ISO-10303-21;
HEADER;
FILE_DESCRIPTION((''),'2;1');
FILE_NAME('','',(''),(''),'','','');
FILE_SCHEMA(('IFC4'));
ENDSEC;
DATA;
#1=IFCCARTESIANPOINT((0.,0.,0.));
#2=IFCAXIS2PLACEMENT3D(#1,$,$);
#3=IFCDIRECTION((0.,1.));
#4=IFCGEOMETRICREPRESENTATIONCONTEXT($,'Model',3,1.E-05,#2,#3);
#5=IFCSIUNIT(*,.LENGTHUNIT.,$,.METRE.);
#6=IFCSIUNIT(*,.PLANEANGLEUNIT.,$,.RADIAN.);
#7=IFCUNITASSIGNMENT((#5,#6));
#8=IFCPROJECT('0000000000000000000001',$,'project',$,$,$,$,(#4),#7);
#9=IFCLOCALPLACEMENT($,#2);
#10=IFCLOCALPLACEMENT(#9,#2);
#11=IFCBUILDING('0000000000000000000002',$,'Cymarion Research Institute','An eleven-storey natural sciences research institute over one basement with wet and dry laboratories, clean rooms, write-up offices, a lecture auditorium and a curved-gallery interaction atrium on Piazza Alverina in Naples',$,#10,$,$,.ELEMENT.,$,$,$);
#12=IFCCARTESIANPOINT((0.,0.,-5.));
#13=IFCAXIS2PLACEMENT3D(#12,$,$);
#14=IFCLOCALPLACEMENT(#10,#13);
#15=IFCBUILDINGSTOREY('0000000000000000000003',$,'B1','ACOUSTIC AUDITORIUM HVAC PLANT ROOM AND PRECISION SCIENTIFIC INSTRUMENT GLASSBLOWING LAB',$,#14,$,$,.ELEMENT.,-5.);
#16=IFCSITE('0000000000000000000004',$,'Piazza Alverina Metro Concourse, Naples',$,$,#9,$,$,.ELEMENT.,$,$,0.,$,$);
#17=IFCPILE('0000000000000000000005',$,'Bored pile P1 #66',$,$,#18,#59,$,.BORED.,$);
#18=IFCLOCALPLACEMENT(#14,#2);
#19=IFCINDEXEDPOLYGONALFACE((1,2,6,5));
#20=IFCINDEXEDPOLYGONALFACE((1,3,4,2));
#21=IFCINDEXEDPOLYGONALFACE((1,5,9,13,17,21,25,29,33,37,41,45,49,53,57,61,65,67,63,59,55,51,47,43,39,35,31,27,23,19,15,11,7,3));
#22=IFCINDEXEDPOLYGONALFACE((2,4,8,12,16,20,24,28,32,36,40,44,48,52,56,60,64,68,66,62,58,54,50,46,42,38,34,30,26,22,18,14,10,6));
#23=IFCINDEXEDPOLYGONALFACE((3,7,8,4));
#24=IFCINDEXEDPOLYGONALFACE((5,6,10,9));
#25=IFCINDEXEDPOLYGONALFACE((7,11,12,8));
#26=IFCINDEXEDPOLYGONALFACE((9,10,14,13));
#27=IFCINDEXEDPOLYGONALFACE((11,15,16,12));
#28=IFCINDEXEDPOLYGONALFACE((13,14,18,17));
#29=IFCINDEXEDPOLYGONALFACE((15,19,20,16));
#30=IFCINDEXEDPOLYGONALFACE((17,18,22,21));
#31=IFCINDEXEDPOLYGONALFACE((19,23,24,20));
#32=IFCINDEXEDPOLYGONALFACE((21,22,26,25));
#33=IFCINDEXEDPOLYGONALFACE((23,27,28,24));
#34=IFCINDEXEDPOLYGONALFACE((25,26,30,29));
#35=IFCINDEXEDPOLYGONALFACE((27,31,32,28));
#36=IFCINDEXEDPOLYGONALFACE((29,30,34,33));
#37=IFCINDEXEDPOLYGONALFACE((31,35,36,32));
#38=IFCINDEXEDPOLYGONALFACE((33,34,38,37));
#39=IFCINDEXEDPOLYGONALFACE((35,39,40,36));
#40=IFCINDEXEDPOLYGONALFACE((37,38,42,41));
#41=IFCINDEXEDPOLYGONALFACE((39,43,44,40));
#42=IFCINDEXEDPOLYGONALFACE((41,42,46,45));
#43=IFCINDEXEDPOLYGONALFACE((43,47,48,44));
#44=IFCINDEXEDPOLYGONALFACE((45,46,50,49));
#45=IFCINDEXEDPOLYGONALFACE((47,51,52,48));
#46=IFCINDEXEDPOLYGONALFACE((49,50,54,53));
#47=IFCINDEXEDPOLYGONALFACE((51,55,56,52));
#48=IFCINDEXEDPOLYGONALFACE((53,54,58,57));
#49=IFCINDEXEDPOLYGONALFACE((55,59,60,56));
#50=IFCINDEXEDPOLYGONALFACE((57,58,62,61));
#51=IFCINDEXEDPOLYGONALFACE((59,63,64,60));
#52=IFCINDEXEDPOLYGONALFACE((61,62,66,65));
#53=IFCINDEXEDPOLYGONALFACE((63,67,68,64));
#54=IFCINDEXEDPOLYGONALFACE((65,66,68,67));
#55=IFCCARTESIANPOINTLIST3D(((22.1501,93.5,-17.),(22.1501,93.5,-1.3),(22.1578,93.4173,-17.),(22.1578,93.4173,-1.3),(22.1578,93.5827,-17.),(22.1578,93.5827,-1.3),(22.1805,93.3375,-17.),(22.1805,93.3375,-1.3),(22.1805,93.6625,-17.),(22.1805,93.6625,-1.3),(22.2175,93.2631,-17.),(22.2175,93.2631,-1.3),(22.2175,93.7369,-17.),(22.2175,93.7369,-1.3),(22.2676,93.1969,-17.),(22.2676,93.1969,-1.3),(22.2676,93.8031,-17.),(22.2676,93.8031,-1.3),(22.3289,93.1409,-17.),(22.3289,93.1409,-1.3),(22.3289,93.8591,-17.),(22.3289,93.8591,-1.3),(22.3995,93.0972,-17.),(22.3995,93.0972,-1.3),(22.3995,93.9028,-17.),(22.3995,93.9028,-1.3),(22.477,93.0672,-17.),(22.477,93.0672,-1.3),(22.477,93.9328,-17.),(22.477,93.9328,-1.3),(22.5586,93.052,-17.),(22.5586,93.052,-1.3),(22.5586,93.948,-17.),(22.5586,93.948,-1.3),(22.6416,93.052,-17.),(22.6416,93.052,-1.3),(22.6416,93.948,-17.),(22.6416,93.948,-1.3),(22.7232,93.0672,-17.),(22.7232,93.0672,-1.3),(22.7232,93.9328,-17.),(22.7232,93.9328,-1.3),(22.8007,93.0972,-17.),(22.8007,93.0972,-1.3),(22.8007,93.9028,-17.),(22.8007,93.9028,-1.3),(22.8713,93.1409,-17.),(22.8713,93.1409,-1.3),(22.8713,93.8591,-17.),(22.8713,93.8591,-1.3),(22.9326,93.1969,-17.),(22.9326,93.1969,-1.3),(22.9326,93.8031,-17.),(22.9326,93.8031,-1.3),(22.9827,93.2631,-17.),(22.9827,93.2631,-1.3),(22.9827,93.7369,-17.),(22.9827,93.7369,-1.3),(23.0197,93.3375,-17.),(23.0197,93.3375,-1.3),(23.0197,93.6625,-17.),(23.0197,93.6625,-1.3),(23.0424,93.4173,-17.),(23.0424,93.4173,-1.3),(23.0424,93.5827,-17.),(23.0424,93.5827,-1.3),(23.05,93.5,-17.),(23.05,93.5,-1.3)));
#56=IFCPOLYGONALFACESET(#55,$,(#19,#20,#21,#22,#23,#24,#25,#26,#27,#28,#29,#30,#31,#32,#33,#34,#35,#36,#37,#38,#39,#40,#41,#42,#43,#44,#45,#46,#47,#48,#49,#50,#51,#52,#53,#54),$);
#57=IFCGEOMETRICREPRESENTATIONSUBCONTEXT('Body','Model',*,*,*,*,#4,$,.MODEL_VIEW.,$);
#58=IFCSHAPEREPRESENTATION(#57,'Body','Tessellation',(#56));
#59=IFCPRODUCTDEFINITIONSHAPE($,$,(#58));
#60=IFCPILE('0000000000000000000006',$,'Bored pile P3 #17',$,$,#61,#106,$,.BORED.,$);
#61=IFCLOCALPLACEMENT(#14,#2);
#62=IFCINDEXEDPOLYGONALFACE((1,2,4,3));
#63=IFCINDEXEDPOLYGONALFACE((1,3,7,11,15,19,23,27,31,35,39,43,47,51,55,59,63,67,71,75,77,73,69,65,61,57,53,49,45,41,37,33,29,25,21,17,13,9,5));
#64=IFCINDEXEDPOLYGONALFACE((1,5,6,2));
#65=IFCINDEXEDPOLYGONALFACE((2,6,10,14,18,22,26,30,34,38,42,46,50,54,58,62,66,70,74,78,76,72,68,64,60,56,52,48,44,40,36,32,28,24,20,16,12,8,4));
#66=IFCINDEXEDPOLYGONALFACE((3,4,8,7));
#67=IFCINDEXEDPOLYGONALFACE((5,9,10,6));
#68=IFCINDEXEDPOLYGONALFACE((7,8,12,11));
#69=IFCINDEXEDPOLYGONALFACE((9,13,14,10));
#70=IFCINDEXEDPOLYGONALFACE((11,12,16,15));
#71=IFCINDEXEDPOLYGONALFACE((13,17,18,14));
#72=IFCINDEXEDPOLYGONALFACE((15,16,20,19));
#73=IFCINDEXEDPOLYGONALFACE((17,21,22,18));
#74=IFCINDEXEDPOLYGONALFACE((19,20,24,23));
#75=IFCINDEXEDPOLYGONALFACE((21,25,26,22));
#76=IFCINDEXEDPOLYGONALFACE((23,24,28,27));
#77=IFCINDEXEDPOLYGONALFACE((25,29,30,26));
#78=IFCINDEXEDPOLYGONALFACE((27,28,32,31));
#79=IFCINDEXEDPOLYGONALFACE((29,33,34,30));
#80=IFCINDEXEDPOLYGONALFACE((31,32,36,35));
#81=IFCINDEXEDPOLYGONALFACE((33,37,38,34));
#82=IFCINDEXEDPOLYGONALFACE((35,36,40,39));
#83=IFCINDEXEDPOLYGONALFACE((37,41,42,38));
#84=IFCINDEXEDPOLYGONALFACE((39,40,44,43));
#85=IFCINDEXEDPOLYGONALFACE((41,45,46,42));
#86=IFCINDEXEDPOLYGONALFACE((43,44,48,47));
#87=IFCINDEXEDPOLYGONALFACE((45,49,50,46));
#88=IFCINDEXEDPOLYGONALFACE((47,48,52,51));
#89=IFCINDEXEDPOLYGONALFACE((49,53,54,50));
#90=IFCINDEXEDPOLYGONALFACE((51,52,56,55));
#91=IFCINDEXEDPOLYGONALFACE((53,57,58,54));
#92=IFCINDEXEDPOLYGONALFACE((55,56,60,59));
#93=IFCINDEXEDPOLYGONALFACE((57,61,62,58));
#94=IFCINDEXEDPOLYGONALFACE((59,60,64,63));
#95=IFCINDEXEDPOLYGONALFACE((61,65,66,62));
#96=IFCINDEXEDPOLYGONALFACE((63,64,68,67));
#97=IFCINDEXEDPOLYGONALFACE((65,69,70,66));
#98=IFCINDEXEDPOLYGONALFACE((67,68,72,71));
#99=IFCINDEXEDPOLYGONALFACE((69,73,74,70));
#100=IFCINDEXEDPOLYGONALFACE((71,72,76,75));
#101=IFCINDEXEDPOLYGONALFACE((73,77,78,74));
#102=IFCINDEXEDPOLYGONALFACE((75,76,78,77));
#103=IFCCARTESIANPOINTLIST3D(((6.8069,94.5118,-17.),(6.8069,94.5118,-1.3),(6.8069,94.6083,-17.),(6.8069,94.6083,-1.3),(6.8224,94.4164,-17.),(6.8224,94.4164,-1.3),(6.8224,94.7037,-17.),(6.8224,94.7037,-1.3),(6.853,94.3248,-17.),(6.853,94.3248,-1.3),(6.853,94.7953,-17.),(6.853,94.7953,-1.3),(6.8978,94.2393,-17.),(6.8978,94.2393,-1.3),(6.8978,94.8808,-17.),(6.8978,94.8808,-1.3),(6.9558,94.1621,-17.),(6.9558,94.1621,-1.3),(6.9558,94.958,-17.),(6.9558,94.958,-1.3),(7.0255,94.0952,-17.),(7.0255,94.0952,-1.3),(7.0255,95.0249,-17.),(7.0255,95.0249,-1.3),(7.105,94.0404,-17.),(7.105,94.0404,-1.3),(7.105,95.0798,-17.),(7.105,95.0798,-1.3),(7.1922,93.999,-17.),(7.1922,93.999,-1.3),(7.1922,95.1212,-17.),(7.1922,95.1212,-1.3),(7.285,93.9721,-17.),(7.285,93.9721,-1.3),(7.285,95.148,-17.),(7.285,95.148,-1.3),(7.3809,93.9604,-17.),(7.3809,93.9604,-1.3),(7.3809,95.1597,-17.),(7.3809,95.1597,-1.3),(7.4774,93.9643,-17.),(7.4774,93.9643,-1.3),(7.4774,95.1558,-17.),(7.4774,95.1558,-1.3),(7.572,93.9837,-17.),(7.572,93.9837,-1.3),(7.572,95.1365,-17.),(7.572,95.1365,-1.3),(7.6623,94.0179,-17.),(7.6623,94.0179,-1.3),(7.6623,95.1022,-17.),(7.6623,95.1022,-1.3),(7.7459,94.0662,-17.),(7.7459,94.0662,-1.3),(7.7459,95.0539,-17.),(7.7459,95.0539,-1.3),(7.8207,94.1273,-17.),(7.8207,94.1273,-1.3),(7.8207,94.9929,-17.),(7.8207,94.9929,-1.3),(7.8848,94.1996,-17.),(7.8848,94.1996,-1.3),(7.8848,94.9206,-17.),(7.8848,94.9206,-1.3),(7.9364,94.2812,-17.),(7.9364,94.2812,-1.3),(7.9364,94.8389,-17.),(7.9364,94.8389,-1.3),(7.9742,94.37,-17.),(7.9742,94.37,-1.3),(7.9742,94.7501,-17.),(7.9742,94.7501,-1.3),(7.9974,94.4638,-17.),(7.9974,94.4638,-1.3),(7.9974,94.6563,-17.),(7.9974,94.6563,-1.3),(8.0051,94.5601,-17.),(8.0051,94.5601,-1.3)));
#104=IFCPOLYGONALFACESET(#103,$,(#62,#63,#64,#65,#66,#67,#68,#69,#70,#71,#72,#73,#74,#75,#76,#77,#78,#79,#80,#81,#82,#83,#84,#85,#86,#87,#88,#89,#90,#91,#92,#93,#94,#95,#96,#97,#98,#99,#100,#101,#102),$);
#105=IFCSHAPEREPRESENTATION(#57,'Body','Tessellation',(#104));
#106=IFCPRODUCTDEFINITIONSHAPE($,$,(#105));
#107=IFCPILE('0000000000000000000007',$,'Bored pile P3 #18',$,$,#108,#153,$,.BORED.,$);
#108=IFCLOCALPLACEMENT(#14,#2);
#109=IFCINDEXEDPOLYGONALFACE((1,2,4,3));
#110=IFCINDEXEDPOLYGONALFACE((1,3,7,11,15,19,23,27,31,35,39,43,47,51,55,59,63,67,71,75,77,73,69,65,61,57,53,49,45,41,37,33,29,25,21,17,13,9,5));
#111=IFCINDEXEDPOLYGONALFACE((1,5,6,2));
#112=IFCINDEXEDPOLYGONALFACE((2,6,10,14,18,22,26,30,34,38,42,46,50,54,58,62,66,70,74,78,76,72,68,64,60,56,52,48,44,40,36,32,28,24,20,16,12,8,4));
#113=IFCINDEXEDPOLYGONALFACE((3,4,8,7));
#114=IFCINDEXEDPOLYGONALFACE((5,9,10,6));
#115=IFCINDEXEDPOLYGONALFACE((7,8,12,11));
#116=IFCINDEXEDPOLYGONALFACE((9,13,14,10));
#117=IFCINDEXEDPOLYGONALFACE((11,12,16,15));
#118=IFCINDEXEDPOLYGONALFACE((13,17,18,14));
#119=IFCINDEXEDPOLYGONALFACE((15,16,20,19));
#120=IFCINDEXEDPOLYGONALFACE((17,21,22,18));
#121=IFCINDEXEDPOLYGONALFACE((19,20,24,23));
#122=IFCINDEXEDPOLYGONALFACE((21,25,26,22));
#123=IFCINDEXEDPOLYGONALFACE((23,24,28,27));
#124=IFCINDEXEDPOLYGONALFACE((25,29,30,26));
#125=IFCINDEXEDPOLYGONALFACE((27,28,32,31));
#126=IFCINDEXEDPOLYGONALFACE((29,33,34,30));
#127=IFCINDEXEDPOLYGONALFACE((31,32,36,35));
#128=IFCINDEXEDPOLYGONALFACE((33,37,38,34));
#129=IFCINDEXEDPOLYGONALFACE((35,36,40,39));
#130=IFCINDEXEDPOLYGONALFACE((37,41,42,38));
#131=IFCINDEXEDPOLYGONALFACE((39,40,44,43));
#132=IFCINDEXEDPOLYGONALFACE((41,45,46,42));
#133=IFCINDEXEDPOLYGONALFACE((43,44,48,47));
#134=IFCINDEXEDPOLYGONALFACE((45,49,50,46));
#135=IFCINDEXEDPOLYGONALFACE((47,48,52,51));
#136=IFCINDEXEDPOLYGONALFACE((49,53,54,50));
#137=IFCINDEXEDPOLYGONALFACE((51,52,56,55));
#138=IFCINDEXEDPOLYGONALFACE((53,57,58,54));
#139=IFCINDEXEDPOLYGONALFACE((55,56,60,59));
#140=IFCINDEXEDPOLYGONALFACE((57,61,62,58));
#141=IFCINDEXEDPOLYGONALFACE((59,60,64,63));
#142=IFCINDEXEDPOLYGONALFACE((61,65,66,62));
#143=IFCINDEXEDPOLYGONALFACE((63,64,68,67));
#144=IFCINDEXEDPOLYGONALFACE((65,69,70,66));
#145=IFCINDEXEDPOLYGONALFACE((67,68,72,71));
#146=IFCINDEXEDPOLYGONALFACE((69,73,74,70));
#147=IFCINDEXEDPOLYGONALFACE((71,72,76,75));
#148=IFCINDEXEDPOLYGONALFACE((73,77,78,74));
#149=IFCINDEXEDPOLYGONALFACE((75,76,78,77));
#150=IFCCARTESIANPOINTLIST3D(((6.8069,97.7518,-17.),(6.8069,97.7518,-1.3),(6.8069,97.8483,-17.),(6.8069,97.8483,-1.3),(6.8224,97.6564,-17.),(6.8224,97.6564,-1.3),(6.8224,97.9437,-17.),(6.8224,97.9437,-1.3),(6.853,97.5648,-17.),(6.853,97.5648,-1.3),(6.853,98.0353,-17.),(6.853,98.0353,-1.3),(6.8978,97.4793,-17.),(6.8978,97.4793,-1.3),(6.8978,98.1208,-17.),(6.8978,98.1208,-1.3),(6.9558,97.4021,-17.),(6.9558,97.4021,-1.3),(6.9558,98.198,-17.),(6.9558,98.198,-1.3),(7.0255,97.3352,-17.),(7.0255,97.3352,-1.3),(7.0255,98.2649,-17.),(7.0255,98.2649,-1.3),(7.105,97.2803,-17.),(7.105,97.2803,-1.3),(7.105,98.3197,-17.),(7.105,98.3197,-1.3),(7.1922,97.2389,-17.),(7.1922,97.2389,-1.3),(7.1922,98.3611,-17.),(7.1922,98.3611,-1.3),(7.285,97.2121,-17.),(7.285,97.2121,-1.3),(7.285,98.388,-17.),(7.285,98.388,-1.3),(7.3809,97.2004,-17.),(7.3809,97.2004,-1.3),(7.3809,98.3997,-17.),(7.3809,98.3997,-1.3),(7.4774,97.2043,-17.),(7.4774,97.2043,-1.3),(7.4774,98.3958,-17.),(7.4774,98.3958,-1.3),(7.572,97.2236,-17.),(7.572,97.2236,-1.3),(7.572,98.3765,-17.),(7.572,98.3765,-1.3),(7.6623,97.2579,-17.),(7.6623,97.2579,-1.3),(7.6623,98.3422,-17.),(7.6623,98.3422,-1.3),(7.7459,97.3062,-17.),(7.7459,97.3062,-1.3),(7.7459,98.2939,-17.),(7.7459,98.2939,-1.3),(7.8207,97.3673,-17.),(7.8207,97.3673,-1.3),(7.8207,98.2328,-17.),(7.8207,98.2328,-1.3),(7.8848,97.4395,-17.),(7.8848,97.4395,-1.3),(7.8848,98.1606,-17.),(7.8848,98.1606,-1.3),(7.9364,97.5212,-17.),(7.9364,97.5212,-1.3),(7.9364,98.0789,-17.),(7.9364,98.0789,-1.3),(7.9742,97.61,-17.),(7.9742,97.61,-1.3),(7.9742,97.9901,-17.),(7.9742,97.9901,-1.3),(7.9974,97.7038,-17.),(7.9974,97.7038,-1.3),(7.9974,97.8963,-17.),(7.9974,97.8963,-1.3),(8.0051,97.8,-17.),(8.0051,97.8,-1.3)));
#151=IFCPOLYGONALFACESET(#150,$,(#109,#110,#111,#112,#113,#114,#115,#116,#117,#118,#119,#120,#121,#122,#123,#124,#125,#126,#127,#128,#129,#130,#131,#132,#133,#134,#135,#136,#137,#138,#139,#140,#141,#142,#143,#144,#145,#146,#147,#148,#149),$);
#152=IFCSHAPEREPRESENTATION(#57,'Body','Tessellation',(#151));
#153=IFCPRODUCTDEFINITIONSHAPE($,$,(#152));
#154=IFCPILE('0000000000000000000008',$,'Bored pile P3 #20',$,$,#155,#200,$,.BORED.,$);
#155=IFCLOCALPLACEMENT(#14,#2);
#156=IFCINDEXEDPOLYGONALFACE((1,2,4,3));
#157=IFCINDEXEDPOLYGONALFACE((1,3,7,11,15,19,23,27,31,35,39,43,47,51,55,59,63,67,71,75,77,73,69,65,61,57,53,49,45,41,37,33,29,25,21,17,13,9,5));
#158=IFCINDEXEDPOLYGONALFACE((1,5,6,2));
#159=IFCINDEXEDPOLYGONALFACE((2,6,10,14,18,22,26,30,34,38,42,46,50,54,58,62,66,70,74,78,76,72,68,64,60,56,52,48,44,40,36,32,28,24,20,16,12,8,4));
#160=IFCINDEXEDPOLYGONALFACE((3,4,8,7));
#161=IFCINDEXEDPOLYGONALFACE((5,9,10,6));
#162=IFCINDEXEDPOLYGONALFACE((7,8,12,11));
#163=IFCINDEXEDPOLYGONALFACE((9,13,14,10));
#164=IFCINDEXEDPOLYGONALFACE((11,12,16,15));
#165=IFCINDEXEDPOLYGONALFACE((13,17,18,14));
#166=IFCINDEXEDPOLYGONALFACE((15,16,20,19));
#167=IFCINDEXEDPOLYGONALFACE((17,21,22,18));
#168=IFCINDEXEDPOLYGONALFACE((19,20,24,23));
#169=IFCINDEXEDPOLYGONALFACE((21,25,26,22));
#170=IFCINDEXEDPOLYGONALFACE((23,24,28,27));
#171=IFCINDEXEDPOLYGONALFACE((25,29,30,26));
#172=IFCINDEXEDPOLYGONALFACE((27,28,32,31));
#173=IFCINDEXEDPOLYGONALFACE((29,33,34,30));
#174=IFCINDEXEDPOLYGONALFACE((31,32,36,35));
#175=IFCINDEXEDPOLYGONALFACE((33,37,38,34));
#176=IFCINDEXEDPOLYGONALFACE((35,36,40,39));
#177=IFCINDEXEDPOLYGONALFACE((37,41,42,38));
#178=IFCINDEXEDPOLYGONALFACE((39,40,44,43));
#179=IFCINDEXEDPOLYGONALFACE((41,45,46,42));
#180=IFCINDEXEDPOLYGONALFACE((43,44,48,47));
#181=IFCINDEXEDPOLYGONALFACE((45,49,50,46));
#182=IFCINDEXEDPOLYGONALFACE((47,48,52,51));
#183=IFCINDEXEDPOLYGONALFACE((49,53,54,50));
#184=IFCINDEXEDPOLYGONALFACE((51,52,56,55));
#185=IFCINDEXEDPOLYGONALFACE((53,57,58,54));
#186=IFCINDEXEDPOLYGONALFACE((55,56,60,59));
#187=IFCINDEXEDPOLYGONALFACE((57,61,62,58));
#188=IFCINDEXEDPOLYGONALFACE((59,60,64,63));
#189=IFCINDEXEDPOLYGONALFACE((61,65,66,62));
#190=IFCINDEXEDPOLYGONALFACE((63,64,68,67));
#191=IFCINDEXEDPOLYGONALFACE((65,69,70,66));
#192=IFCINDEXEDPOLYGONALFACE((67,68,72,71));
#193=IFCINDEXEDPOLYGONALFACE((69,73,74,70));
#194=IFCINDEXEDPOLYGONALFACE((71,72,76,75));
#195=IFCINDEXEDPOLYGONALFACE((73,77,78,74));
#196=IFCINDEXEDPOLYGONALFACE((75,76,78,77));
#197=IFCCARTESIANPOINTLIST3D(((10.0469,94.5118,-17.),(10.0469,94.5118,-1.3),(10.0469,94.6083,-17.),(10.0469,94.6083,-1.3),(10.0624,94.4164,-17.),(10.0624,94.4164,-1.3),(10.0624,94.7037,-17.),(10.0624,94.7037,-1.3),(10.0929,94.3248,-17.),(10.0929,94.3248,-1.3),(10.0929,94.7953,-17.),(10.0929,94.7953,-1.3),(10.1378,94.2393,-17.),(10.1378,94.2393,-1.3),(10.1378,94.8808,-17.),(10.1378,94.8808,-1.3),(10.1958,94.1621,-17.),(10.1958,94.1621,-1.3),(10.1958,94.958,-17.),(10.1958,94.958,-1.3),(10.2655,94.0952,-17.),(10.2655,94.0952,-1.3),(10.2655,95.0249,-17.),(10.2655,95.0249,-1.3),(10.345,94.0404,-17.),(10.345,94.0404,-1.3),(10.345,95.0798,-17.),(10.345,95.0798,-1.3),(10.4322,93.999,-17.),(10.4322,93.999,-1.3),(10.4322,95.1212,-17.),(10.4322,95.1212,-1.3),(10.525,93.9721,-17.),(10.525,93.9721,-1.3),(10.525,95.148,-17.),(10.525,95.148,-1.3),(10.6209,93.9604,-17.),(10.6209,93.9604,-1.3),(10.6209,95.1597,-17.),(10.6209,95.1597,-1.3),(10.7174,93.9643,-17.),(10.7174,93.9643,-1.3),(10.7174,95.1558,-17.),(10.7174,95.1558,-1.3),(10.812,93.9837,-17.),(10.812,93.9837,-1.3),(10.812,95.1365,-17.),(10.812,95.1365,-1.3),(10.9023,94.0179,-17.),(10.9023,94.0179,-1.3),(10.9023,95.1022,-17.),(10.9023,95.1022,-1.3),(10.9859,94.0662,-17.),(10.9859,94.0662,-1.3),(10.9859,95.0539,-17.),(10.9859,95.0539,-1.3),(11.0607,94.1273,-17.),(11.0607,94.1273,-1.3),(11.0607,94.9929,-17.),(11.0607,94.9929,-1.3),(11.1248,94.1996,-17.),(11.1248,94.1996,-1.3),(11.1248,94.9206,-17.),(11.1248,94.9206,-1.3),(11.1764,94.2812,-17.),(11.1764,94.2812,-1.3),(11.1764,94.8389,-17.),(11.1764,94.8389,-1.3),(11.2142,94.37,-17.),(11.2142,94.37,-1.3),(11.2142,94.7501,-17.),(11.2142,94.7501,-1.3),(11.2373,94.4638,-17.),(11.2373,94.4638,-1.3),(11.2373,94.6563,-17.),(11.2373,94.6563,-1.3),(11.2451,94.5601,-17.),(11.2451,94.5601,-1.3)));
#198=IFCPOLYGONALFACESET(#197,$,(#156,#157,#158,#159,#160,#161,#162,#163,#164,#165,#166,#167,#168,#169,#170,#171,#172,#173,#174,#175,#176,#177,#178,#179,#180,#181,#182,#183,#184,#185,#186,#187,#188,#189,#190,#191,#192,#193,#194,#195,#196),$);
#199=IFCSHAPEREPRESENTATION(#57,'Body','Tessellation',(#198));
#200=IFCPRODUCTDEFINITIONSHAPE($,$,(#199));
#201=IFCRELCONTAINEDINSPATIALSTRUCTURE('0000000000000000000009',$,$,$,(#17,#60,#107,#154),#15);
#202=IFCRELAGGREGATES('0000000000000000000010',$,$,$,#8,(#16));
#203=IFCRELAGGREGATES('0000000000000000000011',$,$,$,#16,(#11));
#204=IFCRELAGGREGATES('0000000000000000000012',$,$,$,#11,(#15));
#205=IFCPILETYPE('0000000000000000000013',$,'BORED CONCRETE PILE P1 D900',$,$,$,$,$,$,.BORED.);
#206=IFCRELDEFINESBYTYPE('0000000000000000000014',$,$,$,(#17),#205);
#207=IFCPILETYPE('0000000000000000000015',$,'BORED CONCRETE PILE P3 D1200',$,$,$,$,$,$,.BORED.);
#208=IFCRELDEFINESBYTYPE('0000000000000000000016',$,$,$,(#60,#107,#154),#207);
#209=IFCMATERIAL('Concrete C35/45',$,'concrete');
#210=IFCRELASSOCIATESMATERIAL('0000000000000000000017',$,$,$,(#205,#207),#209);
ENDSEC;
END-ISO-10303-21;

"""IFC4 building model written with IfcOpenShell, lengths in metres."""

from ifc_helpers import new_model, si_unit, direction, frame, origin, origin_2d, place, context, subcontext, project, spatial, circle, extrude, material, material_profile, profile_set, type_object, element, save


model = new_model("IFC4")

# Units and contexts
model_context = context("Model", 3, precision=1e-05, world=origin(), true_north=direction((0.0, 1.0)))
body_context = subcontext(model_context, "Body", "Model", "MODEL_VIEW")
ifc_project = project(units=[si_unit("LENGTHUNIT", "METRE"), si_unit("PLANEANGLEUNIT", "RADIAN")], contexts=[model_context])

# Site, building, storey
site_placement = place(None, origin())
site = spatial("IfcSite", under=ifc_project, at=site_placement, Name="Piazza Alverina Metro Concourse, Naples", CompositionType="ELEMENT", RefElevation=0.0)
building_placement = place(site_placement, origin())
building = spatial("IfcBuilding", under=site, at=building_placement, Name="Cymarion Research Institute", Description="An eleven-storey natural sciences research institute over one basement with wet and dry laboratories, clean rooms, write-up offices, a lecture auditorium and a curved-gallery interaction atrium on Piazza Alverina in Naples", CompositionType="ELEMENT")
storey_placement = place(building_placement, frame((0.0, 0.0, -5.0)))
storey = spatial("IfcBuildingStorey", under=building, at=storey_placement, Name="B1", Description="ACOUSTIC AUDITORIUM HVAC PLANT ROOM AND PRECISION SCIENTIFIC INSTRUMENT GLASSBLOWING LAB", CompositionType="ELEMENT", Elevation=-5.0)

# Piles
ifc_material_1 = material(Name="Concrete C35/45", Category="concrete")
ifc_material_profile_1 = material_profile(ifc_material_1, circle(Radius=0.45, at=origin_2d()), Name="BORED PILE D900")
ifc_profile_set_1 = profile_set([ifc_material_profile_1], Name="Concrete C35/45")
pile_type_1 = type_object("IfcPileType", Name="BORED CONCRETE PILE P1 D900", PredefinedType="BORED", material=ifc_profile_set_1)
pile_placement = place(storey_placement, frame((22.6001, 93.5, -1.3), z_axis=(0.0, 0.0, -1.0), x_axis=(1.0, 0.0, 0.0)))
element("IfcPile", 1, at=pile_placement, inside=storey, type_object=pile_type_1, Name="Bored pile P1 #66", PredefinedType="BORED", context=body_context, shape_type="SweptSolid", body=[
    extrude(circle(Radius=0.45, at=origin_2d()), origin(), (0.0, 0.0, 1.0), 15.7),
])
ifc_material_profile_2 = material_profile(ifc_material_1, circle(Radius=0.6001, at=origin_2d()), Name="BORED PILE D1200")
ifc_profile_set_2 = profile_set([ifc_material_profile_2], Name="Concrete C35/45")
pile_type_2 = type_object("IfcPileType", Name="BORED CONCRETE PILE P3 D1200", PredefinedType="BORED", material=ifc_profile_set_2)
for number, where, z_axis, x_axis, name in (
    (2, (7.405, 94.5601, -1.3), (0.0, 0.0, -1.0), (1.0, 0.0, 0.0), "Bored pile P3 #17"),
    (3, (7.405, 97.8, -1.3), (0.0, 0.0, -1.0), (1.0, 0.0, 0.0), "Bored pile P3 #18"),
    (4, (10.645, 94.5601, -1.3), (0.0, 0.0, -1.0), (1.0, 0.0, 0.0), "Bored pile P3 #20"),
):
    element("IfcPile", number, at=place(storey_placement, frame(where, z_axis=z_axis, x_axis=x_axis)), inside=storey, type_object=pile_type_2, Name=name, PredefinedType="BORED", context=body_context, shape_type="SweptSolid", body=[
        extrude(circle(Radius=0.6001, at=origin_2d()), origin(), (0.0, 0.0, 1.0), 15.7),
    ])

save(model, "model.ifc")
